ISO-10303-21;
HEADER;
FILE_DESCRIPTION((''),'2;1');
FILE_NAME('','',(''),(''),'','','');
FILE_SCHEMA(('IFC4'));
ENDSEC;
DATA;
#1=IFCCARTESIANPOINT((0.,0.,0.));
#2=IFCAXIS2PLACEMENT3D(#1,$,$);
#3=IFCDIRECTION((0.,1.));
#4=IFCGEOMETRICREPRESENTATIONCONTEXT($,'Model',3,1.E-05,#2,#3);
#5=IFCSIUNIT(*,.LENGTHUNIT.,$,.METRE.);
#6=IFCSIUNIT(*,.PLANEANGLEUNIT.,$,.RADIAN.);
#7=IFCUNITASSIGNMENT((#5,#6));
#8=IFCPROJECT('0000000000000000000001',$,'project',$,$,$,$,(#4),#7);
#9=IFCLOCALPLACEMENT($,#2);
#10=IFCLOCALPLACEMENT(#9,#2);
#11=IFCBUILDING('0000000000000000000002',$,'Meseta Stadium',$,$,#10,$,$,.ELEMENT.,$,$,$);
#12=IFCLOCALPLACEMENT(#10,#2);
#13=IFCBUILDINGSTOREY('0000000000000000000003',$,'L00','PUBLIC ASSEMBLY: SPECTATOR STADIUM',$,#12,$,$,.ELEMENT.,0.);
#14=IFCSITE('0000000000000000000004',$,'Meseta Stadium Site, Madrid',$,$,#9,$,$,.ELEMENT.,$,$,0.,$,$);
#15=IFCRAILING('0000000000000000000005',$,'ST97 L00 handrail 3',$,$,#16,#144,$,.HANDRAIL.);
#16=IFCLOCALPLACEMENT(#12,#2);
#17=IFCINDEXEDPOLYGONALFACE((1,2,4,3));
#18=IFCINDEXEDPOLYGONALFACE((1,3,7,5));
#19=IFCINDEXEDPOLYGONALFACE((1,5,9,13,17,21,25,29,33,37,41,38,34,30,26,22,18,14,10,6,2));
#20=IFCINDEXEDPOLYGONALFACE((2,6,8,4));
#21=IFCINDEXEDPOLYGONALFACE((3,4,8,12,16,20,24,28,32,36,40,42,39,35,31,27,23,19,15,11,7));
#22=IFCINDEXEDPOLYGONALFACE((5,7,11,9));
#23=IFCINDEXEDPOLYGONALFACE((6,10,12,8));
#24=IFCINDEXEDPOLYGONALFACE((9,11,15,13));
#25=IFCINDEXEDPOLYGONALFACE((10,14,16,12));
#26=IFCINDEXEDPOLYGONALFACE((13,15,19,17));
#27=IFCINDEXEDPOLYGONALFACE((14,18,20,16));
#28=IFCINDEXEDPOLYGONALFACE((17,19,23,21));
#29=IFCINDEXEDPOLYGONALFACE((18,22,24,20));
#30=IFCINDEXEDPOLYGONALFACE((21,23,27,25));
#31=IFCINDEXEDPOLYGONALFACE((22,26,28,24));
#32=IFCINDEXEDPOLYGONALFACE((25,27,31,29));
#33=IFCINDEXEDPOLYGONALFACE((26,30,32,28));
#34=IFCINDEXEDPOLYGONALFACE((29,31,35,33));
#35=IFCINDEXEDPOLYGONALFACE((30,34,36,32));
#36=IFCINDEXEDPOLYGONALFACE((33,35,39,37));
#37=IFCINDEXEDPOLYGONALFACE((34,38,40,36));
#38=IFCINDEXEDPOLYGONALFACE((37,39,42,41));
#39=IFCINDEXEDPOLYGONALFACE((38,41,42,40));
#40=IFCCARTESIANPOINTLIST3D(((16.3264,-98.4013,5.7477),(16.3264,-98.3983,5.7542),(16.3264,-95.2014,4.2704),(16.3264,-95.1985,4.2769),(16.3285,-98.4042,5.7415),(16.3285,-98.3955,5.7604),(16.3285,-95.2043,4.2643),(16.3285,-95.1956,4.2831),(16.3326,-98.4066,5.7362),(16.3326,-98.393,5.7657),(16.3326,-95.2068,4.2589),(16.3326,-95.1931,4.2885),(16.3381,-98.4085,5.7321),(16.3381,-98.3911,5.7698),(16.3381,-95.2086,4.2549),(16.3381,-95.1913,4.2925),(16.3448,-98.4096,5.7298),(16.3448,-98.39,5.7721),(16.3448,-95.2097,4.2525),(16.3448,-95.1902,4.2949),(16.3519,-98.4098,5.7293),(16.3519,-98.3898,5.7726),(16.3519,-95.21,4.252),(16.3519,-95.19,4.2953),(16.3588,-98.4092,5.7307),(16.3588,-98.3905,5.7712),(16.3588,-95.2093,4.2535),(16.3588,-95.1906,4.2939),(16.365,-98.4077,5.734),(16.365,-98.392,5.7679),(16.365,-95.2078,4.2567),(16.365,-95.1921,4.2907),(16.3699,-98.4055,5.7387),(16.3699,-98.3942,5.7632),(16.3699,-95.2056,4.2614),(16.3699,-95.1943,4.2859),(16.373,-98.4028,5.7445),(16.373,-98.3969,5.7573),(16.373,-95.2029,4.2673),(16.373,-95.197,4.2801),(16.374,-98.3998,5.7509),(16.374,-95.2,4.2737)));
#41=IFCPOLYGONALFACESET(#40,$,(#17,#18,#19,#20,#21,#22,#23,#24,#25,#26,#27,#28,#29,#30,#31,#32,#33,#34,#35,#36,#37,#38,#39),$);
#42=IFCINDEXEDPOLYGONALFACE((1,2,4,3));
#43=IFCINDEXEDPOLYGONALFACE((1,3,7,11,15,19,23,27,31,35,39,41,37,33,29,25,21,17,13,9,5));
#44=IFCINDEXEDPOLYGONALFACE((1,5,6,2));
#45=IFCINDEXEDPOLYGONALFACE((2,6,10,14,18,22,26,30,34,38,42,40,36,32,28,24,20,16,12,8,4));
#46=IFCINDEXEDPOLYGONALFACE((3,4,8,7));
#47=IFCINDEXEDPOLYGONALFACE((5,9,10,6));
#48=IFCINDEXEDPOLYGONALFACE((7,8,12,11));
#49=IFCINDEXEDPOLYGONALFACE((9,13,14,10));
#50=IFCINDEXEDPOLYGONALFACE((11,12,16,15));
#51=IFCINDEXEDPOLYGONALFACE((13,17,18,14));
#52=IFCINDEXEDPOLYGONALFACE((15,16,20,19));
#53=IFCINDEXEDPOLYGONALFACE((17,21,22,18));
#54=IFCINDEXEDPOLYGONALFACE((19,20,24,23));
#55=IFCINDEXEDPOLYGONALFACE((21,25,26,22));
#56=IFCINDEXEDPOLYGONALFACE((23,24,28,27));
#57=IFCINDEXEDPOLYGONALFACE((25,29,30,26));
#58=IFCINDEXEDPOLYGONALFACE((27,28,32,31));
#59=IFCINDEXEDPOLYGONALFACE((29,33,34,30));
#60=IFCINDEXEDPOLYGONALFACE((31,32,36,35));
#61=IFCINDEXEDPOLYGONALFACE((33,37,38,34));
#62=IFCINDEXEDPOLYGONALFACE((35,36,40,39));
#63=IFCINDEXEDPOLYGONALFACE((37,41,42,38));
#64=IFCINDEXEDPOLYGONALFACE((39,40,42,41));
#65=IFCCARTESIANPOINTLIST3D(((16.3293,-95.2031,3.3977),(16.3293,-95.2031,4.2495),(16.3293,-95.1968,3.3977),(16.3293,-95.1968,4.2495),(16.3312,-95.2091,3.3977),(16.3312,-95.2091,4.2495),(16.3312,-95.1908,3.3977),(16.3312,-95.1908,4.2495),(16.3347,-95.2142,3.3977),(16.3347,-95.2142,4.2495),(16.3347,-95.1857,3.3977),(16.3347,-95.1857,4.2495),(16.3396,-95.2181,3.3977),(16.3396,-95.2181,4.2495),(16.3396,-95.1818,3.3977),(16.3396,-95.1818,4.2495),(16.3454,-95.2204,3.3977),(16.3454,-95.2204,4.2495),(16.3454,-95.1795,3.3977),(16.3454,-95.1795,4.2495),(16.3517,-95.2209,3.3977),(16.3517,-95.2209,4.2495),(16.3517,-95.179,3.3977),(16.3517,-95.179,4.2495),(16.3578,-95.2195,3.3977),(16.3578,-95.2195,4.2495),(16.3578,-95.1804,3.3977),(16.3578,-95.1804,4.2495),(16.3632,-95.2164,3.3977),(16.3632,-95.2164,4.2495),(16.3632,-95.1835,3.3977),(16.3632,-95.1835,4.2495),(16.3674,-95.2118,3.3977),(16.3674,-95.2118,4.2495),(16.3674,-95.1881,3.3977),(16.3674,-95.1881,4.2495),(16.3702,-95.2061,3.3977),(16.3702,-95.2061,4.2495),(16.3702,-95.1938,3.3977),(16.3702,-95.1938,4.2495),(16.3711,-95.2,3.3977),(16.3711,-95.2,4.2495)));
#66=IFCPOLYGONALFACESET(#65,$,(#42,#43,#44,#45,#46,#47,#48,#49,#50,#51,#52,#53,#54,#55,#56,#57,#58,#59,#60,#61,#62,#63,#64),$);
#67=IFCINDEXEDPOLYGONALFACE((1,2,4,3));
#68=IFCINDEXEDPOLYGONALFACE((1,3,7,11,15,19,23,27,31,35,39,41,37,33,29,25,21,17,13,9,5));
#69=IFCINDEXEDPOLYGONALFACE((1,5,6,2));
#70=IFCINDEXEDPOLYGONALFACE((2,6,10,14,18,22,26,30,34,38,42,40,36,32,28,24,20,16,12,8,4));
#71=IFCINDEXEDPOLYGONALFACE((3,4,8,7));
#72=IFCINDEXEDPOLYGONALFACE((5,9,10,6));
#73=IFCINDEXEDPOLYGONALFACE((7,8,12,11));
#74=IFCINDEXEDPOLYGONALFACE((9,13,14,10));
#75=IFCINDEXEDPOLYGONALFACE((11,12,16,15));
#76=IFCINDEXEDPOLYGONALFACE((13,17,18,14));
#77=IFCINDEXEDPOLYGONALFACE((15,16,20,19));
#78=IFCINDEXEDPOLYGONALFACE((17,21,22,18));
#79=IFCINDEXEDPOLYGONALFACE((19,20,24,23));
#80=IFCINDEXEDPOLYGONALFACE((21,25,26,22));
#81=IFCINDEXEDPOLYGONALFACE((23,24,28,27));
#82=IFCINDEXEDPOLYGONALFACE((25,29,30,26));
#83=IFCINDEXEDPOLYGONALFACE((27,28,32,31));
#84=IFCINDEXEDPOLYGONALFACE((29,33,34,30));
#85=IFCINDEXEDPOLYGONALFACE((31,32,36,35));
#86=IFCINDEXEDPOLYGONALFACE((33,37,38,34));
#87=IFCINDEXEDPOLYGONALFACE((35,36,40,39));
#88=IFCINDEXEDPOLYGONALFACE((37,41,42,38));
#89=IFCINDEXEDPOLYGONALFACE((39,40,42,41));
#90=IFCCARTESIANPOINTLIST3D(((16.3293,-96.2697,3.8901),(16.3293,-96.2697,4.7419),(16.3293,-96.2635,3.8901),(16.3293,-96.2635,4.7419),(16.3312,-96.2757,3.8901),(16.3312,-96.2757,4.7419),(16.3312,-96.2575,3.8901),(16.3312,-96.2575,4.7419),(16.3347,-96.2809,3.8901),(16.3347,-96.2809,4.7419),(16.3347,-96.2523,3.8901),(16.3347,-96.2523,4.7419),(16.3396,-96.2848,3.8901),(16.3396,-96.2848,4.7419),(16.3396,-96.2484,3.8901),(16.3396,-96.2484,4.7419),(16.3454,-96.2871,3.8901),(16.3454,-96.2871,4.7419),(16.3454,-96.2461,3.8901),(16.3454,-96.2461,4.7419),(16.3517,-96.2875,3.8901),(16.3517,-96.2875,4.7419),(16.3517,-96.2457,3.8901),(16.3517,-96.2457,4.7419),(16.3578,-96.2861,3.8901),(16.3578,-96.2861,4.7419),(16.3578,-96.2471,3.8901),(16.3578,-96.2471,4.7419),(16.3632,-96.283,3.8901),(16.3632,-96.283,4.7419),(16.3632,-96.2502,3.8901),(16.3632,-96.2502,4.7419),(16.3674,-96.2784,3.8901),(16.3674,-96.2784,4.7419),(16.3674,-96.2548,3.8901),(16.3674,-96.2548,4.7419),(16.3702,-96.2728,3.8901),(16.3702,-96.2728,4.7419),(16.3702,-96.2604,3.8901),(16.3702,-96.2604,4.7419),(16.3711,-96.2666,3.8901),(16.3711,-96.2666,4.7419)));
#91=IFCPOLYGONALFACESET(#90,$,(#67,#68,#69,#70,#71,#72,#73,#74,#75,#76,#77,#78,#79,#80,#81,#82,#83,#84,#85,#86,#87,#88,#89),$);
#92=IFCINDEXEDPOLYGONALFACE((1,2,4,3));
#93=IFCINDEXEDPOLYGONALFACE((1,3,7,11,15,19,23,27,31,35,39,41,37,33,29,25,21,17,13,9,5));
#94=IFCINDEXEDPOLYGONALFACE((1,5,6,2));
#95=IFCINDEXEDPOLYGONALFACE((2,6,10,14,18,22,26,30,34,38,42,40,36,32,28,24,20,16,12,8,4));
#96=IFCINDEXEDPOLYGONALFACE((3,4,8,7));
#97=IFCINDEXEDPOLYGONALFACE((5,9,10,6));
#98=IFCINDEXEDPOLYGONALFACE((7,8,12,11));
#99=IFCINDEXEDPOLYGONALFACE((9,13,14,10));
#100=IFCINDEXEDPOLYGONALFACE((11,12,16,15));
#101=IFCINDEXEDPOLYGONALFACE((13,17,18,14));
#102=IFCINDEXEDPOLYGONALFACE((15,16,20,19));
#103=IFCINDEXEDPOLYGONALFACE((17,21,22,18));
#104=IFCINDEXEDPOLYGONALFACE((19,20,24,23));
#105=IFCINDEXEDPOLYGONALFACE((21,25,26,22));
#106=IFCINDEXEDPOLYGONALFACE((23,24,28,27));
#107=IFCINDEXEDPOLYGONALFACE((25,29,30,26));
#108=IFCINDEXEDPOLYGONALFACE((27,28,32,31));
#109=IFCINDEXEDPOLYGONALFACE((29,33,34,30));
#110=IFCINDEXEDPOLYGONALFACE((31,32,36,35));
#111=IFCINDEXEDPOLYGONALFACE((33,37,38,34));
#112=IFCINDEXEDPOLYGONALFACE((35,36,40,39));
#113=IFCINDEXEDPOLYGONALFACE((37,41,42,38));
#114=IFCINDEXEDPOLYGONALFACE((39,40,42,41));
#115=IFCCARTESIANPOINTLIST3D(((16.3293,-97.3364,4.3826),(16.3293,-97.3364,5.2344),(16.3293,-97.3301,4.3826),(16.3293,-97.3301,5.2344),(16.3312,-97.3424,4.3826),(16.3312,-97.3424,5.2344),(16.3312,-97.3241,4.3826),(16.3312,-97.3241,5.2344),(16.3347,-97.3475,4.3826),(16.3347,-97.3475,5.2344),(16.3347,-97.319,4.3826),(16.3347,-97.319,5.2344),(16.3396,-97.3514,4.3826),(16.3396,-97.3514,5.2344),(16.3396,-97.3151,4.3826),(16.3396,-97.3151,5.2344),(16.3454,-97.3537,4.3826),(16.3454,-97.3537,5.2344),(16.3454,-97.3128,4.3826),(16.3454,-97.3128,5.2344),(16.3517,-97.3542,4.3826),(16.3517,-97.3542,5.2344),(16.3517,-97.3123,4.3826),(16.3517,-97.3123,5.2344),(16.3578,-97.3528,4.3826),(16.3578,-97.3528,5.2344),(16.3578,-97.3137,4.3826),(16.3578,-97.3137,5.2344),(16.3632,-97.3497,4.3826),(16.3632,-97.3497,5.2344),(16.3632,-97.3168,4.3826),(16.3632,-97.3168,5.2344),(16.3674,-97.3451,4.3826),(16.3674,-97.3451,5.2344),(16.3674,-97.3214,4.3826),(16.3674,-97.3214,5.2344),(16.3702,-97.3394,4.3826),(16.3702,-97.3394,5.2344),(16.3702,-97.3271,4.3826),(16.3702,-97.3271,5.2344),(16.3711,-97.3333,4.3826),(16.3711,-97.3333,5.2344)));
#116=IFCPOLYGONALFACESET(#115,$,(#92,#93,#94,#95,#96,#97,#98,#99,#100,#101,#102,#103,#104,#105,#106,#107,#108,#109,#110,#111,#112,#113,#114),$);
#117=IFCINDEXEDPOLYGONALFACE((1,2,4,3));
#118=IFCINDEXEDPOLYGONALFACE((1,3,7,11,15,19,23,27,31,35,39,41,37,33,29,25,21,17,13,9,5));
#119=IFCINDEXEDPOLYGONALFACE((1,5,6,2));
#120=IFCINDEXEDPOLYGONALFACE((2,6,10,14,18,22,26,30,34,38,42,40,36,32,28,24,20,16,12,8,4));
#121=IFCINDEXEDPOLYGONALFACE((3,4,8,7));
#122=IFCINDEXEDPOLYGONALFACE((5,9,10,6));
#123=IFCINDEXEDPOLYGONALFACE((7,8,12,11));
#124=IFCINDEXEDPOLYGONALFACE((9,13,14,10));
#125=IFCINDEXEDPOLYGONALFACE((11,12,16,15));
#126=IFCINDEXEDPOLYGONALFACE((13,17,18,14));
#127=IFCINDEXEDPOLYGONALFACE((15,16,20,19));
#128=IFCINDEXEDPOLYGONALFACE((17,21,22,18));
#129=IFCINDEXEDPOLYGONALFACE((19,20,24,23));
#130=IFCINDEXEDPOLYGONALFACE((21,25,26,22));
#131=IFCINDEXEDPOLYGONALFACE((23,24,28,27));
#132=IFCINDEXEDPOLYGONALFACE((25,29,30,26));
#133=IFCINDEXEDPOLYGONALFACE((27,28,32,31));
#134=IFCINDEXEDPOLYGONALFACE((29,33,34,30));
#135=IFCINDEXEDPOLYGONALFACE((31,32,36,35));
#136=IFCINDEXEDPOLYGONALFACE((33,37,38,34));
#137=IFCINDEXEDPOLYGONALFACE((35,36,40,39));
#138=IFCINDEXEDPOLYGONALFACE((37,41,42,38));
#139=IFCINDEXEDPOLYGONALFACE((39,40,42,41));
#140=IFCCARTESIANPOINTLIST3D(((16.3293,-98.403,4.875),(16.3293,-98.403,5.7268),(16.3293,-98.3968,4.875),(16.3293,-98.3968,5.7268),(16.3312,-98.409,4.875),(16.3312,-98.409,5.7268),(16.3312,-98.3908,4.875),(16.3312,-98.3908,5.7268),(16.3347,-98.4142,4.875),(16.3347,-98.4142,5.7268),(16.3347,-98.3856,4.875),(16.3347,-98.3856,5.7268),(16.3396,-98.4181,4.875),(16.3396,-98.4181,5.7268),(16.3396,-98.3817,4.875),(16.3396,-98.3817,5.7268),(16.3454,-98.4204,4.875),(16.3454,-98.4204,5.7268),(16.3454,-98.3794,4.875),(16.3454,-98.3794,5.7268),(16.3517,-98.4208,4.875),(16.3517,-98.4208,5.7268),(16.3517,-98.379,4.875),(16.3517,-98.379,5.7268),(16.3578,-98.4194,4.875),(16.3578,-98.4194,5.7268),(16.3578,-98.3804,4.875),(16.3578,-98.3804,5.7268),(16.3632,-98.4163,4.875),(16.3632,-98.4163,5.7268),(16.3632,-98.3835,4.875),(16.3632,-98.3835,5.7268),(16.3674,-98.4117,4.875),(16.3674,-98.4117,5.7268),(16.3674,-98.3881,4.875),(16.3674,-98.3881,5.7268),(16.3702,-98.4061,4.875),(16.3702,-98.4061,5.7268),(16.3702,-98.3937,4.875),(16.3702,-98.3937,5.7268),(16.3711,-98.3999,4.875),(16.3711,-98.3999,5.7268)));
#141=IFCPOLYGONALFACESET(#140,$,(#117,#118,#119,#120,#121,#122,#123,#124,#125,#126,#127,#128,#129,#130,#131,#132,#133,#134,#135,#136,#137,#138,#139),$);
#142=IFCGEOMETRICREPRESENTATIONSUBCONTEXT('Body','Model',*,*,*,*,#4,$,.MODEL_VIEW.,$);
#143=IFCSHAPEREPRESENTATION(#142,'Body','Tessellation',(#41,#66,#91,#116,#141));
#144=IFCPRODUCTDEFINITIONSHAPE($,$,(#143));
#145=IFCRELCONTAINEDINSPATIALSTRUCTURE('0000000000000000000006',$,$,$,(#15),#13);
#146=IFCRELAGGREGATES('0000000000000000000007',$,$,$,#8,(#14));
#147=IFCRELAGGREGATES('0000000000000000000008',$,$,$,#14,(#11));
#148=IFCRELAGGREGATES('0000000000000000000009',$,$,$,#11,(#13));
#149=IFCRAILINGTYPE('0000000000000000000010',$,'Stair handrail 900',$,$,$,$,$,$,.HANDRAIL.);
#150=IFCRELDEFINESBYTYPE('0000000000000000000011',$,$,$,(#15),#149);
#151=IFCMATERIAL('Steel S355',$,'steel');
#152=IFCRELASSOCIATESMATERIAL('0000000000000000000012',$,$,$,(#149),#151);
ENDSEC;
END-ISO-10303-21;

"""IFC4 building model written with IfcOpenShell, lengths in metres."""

from ifc_helpers import new_model, si_unit, direction, frame, origin, origin_2d, place, context, subcontext, project, spatial, circle, extrude, material, type_object, element, save


model = new_model("IFC4")

# Units and contexts
model_context = context("Model", 3, precision=1e-05, world=origin(), true_north=direction((0.0, 1.0)))
body_context = subcontext(model_context, "Body", "Model", "MODEL_VIEW")
ifc_project = project(units=[si_unit("LENGTHUNIT", "METRE"), si_unit("PLANEANGLEUNIT", "RADIAN")], contexts=[model_context])

# Site, building, storey
site_placement = place(None, origin())
site = spatial("IfcSite", under=ifc_project, at=site_placement, Name="Meseta Stadium Site, Madrid", CompositionType="ELEMENT", RefElevation=0.0)
building_placement = place(site_placement, origin())
building = spatial("IfcBuilding", under=site, at=building_placement, Name="Meseta Stadium", CompositionType="ELEMENT")
storey_placement = place(building_placement, origin())
storey = spatial("IfcBuildingStorey", under=building, at=storey_placement, Name="L00", Description="PUBLIC ASSEMBLY: SPECTATOR STADIUM", CompositionType="ELEMENT", Elevation=0.0)

# Railing
ifc_material_1 = material(Name="Steel S355", Category="steel")
railing_type_1 = type_object("IfcRailingType", Name="Stair handrail 900", PredefinedType="HANDRAIL", material=ifc_material_1)
railing_1_placement = place(storey_placement, frame((16.3501, -95.2, 3.3977)))
element("IfcRailing", 1, at=railing_1_placement, inside=storey, type_object=railing_type_1, Name="ST97 L00 handrail 3", PredefinedType="HANDRAIL", context=body_context, shape_type="SweptSolid", body=[
    extrude(circle(Radius=0.0239, at=origin_2d()), frame((0.0, 0.0, 0.876), z_axis=(0.0, -0.907917, 0.41915), x_axis=(1.0, 0.0, 0.0)), (0.0, 0.0, 1.0), 3.5244),
    extrude(circle(Radius=0.021, at=origin_2d()), origin(), (0.0, 0.0, 1.0), 0.8518),
    extrude(circle(Radius=0.021, at=origin_2d()), frame((0.0, -1.0667, 0.4924)), (0.0, 0.0, 1.0), 0.8518),
    extrude(circle(Radius=0.021, at=origin_2d()), frame((0.0, -2.1333, 0.9849)), (0.0, 0.0, 1.0), 0.8518),
    extrude(circle(Radius=0.021, at=origin_2d()), frame((0.0, -3.2, 1.4773)), (0.0, 0.0, 1.0), 0.8518),
])

save(model, "model.ifc")
